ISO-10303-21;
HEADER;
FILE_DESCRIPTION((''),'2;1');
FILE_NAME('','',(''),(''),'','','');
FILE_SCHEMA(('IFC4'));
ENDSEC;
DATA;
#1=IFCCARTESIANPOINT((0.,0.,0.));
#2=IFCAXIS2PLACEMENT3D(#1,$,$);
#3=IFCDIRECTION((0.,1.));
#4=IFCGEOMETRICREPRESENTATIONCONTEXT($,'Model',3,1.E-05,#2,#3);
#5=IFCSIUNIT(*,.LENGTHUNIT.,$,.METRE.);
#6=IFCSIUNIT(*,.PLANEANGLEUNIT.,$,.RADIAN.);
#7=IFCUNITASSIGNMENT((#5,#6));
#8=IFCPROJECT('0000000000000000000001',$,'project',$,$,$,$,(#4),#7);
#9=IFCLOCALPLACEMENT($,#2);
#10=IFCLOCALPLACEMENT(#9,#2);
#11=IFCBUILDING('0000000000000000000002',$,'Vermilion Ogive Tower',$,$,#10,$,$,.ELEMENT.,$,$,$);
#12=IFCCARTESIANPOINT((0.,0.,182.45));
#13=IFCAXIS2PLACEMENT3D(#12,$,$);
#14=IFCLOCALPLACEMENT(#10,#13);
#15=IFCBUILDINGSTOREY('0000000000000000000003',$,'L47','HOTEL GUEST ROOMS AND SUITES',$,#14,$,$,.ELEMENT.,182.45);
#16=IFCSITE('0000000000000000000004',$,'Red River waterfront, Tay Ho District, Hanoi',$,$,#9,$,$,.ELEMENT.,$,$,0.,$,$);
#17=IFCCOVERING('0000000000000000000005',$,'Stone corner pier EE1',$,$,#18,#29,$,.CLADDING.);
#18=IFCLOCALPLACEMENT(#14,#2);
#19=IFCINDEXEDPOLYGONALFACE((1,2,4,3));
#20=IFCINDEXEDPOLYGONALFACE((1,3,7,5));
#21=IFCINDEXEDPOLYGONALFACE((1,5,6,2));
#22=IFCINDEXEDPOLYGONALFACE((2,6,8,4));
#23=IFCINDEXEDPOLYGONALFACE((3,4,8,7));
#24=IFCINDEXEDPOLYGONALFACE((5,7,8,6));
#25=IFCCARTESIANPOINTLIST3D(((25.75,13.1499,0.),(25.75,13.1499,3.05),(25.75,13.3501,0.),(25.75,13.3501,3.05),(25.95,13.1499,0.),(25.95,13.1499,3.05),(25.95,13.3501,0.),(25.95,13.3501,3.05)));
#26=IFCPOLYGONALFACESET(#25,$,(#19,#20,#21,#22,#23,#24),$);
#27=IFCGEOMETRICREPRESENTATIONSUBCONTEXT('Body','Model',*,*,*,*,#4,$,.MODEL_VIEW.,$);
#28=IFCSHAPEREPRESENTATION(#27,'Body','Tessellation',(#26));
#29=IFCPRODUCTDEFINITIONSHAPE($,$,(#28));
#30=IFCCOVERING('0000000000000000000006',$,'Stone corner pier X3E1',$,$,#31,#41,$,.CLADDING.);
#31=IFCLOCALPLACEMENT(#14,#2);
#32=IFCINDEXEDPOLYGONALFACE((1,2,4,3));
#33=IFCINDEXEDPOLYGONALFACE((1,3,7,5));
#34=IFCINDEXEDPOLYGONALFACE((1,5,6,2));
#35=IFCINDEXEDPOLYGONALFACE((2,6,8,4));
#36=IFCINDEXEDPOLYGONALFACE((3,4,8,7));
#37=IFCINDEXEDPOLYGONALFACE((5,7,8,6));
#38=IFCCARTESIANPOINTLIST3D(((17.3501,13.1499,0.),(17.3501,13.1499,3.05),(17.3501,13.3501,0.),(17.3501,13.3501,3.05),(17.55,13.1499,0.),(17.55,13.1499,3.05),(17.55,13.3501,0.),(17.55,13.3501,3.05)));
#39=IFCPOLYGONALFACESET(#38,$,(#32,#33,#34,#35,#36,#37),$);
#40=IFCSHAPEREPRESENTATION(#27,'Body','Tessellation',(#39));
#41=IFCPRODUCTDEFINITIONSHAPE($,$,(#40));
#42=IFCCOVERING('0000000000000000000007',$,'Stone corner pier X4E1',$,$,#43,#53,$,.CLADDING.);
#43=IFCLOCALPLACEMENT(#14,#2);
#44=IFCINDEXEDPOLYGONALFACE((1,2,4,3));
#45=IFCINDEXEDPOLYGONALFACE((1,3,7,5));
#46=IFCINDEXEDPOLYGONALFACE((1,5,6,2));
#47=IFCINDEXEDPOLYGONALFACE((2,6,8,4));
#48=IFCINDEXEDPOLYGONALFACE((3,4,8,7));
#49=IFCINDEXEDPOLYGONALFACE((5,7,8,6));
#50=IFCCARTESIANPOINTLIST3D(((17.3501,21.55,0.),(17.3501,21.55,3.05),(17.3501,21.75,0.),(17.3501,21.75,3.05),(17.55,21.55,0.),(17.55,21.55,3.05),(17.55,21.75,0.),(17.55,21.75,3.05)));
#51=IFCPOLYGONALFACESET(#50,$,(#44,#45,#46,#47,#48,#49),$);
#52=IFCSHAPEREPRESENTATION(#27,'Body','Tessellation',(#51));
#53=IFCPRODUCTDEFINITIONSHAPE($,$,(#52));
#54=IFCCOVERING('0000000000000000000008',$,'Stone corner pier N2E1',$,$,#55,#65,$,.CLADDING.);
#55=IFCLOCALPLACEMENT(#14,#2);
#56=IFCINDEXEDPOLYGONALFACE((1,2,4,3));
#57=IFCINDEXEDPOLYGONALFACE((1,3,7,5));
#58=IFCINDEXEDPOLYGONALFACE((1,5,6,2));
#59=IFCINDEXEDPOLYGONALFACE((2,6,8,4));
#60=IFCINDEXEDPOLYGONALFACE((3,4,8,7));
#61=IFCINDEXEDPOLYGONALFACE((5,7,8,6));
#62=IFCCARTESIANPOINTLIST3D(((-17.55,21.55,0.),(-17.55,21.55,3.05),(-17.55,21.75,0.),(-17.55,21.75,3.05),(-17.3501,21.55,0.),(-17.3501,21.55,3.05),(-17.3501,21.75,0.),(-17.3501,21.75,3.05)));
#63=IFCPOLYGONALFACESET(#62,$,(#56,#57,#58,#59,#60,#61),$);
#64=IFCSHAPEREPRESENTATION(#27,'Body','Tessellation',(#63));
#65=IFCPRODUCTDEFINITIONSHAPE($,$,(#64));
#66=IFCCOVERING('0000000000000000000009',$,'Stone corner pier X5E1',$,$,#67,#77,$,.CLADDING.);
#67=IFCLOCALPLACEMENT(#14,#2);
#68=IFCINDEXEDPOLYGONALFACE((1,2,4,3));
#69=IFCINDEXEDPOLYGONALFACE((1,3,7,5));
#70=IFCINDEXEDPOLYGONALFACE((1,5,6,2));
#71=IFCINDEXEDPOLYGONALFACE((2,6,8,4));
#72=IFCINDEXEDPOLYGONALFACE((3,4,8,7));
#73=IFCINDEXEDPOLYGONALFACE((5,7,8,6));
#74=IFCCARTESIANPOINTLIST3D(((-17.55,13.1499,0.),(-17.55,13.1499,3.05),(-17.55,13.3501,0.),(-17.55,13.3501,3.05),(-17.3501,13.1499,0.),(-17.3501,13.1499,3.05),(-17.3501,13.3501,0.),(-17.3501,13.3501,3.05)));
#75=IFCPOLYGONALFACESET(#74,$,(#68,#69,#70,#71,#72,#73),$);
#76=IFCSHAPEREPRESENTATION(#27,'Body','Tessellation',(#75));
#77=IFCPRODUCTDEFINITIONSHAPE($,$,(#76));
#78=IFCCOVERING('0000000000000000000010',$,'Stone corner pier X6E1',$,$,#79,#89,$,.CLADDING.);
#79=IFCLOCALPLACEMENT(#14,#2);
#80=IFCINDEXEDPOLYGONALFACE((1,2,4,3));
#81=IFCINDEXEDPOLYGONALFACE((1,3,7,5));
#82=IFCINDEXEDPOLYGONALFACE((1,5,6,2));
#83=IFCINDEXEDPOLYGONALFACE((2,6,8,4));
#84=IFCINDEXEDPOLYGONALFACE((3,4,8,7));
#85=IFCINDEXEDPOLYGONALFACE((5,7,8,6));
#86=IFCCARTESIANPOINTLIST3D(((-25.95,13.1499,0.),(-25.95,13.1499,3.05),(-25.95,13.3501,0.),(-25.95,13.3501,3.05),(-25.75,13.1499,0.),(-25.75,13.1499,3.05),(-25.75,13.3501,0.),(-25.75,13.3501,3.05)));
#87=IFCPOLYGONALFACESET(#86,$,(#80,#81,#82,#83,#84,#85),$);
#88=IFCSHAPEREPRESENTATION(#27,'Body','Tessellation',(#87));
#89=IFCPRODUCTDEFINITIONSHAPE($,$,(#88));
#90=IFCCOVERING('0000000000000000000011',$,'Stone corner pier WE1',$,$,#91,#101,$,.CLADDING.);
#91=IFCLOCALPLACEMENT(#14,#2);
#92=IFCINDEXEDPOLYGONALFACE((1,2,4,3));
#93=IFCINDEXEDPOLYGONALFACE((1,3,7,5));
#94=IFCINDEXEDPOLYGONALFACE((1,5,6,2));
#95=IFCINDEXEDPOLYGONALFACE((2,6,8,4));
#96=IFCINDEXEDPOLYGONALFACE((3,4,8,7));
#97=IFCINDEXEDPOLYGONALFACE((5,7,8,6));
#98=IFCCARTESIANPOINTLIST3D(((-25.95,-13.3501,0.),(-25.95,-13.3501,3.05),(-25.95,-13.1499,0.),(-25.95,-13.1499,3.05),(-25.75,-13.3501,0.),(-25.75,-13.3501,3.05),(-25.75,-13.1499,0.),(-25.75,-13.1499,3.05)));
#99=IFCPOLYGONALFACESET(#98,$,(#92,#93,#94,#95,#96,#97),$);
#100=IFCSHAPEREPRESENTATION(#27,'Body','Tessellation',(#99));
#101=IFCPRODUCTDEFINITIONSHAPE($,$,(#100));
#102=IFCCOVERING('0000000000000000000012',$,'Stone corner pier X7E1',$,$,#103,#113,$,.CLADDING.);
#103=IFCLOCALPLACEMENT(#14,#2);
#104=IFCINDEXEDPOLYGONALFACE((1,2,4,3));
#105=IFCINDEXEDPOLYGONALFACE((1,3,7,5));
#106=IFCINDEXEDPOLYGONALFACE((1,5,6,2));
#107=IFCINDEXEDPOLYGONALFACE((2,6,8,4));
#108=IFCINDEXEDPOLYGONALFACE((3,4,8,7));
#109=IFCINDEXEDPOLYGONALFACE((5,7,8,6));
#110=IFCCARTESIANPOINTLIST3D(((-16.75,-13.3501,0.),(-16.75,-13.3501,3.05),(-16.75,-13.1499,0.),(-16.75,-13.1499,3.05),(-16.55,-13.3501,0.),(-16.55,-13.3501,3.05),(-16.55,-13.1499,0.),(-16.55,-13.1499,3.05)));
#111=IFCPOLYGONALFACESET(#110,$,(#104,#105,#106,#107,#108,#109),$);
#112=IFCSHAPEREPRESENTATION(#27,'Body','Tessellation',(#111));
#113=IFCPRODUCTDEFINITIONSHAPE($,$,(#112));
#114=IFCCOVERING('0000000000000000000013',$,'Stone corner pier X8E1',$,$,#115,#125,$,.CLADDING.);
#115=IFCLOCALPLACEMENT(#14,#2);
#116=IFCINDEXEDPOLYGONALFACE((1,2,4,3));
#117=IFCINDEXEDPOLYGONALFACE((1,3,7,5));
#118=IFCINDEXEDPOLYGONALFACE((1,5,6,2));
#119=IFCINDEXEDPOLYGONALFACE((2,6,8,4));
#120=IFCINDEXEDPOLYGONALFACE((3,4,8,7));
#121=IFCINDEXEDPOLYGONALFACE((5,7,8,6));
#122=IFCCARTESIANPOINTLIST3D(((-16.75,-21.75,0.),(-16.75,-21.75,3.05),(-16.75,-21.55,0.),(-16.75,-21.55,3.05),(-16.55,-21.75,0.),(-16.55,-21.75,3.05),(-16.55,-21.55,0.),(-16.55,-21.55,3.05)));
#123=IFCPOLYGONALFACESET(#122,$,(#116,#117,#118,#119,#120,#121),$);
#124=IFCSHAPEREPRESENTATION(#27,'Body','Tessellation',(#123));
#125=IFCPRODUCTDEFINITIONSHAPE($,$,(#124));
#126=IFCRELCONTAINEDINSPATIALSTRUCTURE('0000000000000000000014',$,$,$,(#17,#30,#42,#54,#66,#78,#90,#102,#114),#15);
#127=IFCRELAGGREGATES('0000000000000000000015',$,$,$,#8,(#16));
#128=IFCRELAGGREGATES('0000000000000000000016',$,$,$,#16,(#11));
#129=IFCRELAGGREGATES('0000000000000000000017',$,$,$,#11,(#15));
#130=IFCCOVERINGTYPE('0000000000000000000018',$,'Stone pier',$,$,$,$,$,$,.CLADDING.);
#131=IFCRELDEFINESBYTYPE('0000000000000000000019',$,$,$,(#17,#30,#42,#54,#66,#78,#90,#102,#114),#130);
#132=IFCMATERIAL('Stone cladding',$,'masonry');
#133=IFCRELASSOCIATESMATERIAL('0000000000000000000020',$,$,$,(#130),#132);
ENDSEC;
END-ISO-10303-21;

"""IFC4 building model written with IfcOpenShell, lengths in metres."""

from ifc_helpers import new_model, si_unit, direction, frame, origin, place, context, subcontext, project, spatial, polyline, outline, extrude, material, type_object, element, save


model = new_model("IFC4")

# Units and contexts
model_context = context("Model", 3, precision=1e-05, world=origin(), true_north=direction((0.0, 1.0)))
body_context = subcontext(model_context, "Body", "Model", "MODEL_VIEW")
ifc_project = project(units=[si_unit("LENGTHUNIT", "METRE"), si_unit("PLANEANGLEUNIT", "RADIAN")], contexts=[model_context])

# Site, building, storey
site_placement = place(None, origin())
site = spatial("IfcSite", under=ifc_project, at=site_placement, Name="Red River waterfront, Tay Ho District, Hanoi", CompositionType="ELEMENT", RefElevation=0.0)
building_placement = place(site_placement, origin())
building = spatial("IfcBuilding", under=site, at=building_placement, Name="Vermilion Ogive Tower", CompositionType="ELEMENT")
storey_placement = place(building_placement, frame((0.0, 0.0, 182.45)))
storey = spatial("IfcBuildingStorey", under=building, at=storey_placement, Name="L47", Description="HOTEL GUEST ROOMS AND SUITES", CompositionType="ELEMENT", Elevation=182.45)

# Coverings
ifc_material_1 = material(Name="Stone cladding", Category="masonry")
covering_type_1 = type_object("IfcCoveringType", Name="Stone pier", PredefinedType="CLADDING", material=ifc_material_1)
covering_1_placement = place(storey_placement, origin())
element("IfcCovering", 1, at=covering_1_placement, inside=storey, type_object=covering_type_1, Name="Stone corner pier EE1", PredefinedType="CLADDING", context=body_context, shape_type="SweptSolid", body=[
    extrude(outline(polyline([(25.75, 13.1499), (25.75, 13.3501), (25.95, 13.3501), (25.95, 13.1499), (25.75, 13.1499)])), origin(), (0.0, 0.0, 1.0), 3.05),
])
covering_2_placement = place(storey_placement, origin())
element("IfcCovering", 2, at=covering_2_placement, inside=storey, type_object=covering_type_1, Name="Stone corner pier X3E1", PredefinedType="CLADDING", context=body_context, shape_type="SweptSolid", body=[
    extrude(outline(polyline([(17.3501, 13.1499), (17.3501, 13.3501), (17.55, 13.3501), (17.55, 13.1499), (17.3501, 13.1499)])), origin(), (0.0, 0.0, 1.0), 3.05),
])
covering_3_placement = place(storey_placement, origin())
element("IfcCovering", 3, at=covering_3_placement, inside=storey, type_object=covering_type_1, Name="Stone corner pier X4E1", PredefinedType="CLADDING", context=body_context, shape_type="SweptSolid", body=[
    extrude(outline(polyline([(17.3501, 21.55), (17.3501, 21.75), (17.55, 21.75), (17.55, 21.55), (17.3501, 21.55)])), origin(), (0.0, 0.0, 1.0), 3.05),
])
covering_4_placement = place(storey_placement, origin())
element("IfcCovering", 4, at=covering_4_placement, inside=storey, type_object=covering_type_1, Name="Stone corner pier N2E1", PredefinedType="CLADDING", context=body_context, shape_type="SweptSolid", body=[
    extrude(outline(polyline([(-17.3501, 21.55), (-17.55, 21.55), (-17.55, 21.75), (-17.3501, 21.75), (-17.3501, 21.55)])), origin(), (0.0, 0.0, 1.0), 3.05),
])
covering_5_placement = place(storey_placement, origin())
element("IfcCovering", 5, at=covering_5_placement, inside=storey, type_object=covering_type_1, Name="Stone corner pier X5E1", PredefinedType="CLADDING", context=body_context, shape_type="SweptSolid", body=[
    extrude(outline(polyline([(-17.3501, 13.1499), (-17.55, 13.1499), (-17.55, 13.3501), (-17.3501, 13.3501), (-17.3501, 13.1499)])), origin(), (0.0, 0.0, 1.0), 3.05),
])
covering_6_placement = place(storey_placement, origin())
element("IfcCovering", 6, at=covering_6_placement, inside=storey, type_object=covering_type_1, Name="Stone corner pier X6E1", PredefinedType="CLADDING", context=body_context, shape_type="SweptSolid", body=[
    extrude(outline(polyline([(-25.75, 13.1499), (-25.95, 13.1499), (-25.95, 13.3501), (-25.75, 13.3501), (-25.75, 13.1499)])), origin(), (0.0, 0.0, 1.0), 3.05),
])
covering_7_placement = place(storey_placement, origin())
element("IfcCovering", 7, at=covering_7_placement, inside=storey, type_object=covering_type_1, Name="Stone corner pier WE1", PredefinedType="CLADDING", context=body_context, shape_type="SweptSolid", body=[
    extrude(outline(polyline([(-25.75, -13.1499), (-25.75, -13.3501), (-25.95, -13.3501), (-25.95, -13.1499), (-25.75, -13.1499)])), origin(), (0.0, 0.0, 1.0), 3.05),
])
covering_8_placement = place(storey_placement, origin())
element("IfcCovering", 8, at=covering_8_placement, inside=storey, type_object=covering_type_1, Name="Stone corner pier X7E1", PredefinedType="CLADDING", context=body_context, shape_type="SweptSolid", body=[
    extrude(outline(polyline([(-16.55, -13.1499), (-16.55, -13.3501), (-16.75, -13.3501), (-16.75, -13.1499), (-16.55, -13.1499)])), origin(), (0.0, 0.0, 1.0), 3.05),
])
covering_9_placement = place(storey_placement, origin())
element("IfcCovering", 9, at=covering_9_placement, inside=storey, type_object=covering_type_1, Name="Stone corner pier X8E1", PredefinedType="CLADDING", context=body_context, shape_type="SweptSolid", body=[
    extrude(outline(polyline([(-16.55, -21.55), (-16.55, -21.75), (-16.75, -21.75), (-16.75, -21.55), (-16.55, -21.55)])), origin(), (0.0, 0.0, 1.0), 3.05),
])

save(model, "model.ifc")
